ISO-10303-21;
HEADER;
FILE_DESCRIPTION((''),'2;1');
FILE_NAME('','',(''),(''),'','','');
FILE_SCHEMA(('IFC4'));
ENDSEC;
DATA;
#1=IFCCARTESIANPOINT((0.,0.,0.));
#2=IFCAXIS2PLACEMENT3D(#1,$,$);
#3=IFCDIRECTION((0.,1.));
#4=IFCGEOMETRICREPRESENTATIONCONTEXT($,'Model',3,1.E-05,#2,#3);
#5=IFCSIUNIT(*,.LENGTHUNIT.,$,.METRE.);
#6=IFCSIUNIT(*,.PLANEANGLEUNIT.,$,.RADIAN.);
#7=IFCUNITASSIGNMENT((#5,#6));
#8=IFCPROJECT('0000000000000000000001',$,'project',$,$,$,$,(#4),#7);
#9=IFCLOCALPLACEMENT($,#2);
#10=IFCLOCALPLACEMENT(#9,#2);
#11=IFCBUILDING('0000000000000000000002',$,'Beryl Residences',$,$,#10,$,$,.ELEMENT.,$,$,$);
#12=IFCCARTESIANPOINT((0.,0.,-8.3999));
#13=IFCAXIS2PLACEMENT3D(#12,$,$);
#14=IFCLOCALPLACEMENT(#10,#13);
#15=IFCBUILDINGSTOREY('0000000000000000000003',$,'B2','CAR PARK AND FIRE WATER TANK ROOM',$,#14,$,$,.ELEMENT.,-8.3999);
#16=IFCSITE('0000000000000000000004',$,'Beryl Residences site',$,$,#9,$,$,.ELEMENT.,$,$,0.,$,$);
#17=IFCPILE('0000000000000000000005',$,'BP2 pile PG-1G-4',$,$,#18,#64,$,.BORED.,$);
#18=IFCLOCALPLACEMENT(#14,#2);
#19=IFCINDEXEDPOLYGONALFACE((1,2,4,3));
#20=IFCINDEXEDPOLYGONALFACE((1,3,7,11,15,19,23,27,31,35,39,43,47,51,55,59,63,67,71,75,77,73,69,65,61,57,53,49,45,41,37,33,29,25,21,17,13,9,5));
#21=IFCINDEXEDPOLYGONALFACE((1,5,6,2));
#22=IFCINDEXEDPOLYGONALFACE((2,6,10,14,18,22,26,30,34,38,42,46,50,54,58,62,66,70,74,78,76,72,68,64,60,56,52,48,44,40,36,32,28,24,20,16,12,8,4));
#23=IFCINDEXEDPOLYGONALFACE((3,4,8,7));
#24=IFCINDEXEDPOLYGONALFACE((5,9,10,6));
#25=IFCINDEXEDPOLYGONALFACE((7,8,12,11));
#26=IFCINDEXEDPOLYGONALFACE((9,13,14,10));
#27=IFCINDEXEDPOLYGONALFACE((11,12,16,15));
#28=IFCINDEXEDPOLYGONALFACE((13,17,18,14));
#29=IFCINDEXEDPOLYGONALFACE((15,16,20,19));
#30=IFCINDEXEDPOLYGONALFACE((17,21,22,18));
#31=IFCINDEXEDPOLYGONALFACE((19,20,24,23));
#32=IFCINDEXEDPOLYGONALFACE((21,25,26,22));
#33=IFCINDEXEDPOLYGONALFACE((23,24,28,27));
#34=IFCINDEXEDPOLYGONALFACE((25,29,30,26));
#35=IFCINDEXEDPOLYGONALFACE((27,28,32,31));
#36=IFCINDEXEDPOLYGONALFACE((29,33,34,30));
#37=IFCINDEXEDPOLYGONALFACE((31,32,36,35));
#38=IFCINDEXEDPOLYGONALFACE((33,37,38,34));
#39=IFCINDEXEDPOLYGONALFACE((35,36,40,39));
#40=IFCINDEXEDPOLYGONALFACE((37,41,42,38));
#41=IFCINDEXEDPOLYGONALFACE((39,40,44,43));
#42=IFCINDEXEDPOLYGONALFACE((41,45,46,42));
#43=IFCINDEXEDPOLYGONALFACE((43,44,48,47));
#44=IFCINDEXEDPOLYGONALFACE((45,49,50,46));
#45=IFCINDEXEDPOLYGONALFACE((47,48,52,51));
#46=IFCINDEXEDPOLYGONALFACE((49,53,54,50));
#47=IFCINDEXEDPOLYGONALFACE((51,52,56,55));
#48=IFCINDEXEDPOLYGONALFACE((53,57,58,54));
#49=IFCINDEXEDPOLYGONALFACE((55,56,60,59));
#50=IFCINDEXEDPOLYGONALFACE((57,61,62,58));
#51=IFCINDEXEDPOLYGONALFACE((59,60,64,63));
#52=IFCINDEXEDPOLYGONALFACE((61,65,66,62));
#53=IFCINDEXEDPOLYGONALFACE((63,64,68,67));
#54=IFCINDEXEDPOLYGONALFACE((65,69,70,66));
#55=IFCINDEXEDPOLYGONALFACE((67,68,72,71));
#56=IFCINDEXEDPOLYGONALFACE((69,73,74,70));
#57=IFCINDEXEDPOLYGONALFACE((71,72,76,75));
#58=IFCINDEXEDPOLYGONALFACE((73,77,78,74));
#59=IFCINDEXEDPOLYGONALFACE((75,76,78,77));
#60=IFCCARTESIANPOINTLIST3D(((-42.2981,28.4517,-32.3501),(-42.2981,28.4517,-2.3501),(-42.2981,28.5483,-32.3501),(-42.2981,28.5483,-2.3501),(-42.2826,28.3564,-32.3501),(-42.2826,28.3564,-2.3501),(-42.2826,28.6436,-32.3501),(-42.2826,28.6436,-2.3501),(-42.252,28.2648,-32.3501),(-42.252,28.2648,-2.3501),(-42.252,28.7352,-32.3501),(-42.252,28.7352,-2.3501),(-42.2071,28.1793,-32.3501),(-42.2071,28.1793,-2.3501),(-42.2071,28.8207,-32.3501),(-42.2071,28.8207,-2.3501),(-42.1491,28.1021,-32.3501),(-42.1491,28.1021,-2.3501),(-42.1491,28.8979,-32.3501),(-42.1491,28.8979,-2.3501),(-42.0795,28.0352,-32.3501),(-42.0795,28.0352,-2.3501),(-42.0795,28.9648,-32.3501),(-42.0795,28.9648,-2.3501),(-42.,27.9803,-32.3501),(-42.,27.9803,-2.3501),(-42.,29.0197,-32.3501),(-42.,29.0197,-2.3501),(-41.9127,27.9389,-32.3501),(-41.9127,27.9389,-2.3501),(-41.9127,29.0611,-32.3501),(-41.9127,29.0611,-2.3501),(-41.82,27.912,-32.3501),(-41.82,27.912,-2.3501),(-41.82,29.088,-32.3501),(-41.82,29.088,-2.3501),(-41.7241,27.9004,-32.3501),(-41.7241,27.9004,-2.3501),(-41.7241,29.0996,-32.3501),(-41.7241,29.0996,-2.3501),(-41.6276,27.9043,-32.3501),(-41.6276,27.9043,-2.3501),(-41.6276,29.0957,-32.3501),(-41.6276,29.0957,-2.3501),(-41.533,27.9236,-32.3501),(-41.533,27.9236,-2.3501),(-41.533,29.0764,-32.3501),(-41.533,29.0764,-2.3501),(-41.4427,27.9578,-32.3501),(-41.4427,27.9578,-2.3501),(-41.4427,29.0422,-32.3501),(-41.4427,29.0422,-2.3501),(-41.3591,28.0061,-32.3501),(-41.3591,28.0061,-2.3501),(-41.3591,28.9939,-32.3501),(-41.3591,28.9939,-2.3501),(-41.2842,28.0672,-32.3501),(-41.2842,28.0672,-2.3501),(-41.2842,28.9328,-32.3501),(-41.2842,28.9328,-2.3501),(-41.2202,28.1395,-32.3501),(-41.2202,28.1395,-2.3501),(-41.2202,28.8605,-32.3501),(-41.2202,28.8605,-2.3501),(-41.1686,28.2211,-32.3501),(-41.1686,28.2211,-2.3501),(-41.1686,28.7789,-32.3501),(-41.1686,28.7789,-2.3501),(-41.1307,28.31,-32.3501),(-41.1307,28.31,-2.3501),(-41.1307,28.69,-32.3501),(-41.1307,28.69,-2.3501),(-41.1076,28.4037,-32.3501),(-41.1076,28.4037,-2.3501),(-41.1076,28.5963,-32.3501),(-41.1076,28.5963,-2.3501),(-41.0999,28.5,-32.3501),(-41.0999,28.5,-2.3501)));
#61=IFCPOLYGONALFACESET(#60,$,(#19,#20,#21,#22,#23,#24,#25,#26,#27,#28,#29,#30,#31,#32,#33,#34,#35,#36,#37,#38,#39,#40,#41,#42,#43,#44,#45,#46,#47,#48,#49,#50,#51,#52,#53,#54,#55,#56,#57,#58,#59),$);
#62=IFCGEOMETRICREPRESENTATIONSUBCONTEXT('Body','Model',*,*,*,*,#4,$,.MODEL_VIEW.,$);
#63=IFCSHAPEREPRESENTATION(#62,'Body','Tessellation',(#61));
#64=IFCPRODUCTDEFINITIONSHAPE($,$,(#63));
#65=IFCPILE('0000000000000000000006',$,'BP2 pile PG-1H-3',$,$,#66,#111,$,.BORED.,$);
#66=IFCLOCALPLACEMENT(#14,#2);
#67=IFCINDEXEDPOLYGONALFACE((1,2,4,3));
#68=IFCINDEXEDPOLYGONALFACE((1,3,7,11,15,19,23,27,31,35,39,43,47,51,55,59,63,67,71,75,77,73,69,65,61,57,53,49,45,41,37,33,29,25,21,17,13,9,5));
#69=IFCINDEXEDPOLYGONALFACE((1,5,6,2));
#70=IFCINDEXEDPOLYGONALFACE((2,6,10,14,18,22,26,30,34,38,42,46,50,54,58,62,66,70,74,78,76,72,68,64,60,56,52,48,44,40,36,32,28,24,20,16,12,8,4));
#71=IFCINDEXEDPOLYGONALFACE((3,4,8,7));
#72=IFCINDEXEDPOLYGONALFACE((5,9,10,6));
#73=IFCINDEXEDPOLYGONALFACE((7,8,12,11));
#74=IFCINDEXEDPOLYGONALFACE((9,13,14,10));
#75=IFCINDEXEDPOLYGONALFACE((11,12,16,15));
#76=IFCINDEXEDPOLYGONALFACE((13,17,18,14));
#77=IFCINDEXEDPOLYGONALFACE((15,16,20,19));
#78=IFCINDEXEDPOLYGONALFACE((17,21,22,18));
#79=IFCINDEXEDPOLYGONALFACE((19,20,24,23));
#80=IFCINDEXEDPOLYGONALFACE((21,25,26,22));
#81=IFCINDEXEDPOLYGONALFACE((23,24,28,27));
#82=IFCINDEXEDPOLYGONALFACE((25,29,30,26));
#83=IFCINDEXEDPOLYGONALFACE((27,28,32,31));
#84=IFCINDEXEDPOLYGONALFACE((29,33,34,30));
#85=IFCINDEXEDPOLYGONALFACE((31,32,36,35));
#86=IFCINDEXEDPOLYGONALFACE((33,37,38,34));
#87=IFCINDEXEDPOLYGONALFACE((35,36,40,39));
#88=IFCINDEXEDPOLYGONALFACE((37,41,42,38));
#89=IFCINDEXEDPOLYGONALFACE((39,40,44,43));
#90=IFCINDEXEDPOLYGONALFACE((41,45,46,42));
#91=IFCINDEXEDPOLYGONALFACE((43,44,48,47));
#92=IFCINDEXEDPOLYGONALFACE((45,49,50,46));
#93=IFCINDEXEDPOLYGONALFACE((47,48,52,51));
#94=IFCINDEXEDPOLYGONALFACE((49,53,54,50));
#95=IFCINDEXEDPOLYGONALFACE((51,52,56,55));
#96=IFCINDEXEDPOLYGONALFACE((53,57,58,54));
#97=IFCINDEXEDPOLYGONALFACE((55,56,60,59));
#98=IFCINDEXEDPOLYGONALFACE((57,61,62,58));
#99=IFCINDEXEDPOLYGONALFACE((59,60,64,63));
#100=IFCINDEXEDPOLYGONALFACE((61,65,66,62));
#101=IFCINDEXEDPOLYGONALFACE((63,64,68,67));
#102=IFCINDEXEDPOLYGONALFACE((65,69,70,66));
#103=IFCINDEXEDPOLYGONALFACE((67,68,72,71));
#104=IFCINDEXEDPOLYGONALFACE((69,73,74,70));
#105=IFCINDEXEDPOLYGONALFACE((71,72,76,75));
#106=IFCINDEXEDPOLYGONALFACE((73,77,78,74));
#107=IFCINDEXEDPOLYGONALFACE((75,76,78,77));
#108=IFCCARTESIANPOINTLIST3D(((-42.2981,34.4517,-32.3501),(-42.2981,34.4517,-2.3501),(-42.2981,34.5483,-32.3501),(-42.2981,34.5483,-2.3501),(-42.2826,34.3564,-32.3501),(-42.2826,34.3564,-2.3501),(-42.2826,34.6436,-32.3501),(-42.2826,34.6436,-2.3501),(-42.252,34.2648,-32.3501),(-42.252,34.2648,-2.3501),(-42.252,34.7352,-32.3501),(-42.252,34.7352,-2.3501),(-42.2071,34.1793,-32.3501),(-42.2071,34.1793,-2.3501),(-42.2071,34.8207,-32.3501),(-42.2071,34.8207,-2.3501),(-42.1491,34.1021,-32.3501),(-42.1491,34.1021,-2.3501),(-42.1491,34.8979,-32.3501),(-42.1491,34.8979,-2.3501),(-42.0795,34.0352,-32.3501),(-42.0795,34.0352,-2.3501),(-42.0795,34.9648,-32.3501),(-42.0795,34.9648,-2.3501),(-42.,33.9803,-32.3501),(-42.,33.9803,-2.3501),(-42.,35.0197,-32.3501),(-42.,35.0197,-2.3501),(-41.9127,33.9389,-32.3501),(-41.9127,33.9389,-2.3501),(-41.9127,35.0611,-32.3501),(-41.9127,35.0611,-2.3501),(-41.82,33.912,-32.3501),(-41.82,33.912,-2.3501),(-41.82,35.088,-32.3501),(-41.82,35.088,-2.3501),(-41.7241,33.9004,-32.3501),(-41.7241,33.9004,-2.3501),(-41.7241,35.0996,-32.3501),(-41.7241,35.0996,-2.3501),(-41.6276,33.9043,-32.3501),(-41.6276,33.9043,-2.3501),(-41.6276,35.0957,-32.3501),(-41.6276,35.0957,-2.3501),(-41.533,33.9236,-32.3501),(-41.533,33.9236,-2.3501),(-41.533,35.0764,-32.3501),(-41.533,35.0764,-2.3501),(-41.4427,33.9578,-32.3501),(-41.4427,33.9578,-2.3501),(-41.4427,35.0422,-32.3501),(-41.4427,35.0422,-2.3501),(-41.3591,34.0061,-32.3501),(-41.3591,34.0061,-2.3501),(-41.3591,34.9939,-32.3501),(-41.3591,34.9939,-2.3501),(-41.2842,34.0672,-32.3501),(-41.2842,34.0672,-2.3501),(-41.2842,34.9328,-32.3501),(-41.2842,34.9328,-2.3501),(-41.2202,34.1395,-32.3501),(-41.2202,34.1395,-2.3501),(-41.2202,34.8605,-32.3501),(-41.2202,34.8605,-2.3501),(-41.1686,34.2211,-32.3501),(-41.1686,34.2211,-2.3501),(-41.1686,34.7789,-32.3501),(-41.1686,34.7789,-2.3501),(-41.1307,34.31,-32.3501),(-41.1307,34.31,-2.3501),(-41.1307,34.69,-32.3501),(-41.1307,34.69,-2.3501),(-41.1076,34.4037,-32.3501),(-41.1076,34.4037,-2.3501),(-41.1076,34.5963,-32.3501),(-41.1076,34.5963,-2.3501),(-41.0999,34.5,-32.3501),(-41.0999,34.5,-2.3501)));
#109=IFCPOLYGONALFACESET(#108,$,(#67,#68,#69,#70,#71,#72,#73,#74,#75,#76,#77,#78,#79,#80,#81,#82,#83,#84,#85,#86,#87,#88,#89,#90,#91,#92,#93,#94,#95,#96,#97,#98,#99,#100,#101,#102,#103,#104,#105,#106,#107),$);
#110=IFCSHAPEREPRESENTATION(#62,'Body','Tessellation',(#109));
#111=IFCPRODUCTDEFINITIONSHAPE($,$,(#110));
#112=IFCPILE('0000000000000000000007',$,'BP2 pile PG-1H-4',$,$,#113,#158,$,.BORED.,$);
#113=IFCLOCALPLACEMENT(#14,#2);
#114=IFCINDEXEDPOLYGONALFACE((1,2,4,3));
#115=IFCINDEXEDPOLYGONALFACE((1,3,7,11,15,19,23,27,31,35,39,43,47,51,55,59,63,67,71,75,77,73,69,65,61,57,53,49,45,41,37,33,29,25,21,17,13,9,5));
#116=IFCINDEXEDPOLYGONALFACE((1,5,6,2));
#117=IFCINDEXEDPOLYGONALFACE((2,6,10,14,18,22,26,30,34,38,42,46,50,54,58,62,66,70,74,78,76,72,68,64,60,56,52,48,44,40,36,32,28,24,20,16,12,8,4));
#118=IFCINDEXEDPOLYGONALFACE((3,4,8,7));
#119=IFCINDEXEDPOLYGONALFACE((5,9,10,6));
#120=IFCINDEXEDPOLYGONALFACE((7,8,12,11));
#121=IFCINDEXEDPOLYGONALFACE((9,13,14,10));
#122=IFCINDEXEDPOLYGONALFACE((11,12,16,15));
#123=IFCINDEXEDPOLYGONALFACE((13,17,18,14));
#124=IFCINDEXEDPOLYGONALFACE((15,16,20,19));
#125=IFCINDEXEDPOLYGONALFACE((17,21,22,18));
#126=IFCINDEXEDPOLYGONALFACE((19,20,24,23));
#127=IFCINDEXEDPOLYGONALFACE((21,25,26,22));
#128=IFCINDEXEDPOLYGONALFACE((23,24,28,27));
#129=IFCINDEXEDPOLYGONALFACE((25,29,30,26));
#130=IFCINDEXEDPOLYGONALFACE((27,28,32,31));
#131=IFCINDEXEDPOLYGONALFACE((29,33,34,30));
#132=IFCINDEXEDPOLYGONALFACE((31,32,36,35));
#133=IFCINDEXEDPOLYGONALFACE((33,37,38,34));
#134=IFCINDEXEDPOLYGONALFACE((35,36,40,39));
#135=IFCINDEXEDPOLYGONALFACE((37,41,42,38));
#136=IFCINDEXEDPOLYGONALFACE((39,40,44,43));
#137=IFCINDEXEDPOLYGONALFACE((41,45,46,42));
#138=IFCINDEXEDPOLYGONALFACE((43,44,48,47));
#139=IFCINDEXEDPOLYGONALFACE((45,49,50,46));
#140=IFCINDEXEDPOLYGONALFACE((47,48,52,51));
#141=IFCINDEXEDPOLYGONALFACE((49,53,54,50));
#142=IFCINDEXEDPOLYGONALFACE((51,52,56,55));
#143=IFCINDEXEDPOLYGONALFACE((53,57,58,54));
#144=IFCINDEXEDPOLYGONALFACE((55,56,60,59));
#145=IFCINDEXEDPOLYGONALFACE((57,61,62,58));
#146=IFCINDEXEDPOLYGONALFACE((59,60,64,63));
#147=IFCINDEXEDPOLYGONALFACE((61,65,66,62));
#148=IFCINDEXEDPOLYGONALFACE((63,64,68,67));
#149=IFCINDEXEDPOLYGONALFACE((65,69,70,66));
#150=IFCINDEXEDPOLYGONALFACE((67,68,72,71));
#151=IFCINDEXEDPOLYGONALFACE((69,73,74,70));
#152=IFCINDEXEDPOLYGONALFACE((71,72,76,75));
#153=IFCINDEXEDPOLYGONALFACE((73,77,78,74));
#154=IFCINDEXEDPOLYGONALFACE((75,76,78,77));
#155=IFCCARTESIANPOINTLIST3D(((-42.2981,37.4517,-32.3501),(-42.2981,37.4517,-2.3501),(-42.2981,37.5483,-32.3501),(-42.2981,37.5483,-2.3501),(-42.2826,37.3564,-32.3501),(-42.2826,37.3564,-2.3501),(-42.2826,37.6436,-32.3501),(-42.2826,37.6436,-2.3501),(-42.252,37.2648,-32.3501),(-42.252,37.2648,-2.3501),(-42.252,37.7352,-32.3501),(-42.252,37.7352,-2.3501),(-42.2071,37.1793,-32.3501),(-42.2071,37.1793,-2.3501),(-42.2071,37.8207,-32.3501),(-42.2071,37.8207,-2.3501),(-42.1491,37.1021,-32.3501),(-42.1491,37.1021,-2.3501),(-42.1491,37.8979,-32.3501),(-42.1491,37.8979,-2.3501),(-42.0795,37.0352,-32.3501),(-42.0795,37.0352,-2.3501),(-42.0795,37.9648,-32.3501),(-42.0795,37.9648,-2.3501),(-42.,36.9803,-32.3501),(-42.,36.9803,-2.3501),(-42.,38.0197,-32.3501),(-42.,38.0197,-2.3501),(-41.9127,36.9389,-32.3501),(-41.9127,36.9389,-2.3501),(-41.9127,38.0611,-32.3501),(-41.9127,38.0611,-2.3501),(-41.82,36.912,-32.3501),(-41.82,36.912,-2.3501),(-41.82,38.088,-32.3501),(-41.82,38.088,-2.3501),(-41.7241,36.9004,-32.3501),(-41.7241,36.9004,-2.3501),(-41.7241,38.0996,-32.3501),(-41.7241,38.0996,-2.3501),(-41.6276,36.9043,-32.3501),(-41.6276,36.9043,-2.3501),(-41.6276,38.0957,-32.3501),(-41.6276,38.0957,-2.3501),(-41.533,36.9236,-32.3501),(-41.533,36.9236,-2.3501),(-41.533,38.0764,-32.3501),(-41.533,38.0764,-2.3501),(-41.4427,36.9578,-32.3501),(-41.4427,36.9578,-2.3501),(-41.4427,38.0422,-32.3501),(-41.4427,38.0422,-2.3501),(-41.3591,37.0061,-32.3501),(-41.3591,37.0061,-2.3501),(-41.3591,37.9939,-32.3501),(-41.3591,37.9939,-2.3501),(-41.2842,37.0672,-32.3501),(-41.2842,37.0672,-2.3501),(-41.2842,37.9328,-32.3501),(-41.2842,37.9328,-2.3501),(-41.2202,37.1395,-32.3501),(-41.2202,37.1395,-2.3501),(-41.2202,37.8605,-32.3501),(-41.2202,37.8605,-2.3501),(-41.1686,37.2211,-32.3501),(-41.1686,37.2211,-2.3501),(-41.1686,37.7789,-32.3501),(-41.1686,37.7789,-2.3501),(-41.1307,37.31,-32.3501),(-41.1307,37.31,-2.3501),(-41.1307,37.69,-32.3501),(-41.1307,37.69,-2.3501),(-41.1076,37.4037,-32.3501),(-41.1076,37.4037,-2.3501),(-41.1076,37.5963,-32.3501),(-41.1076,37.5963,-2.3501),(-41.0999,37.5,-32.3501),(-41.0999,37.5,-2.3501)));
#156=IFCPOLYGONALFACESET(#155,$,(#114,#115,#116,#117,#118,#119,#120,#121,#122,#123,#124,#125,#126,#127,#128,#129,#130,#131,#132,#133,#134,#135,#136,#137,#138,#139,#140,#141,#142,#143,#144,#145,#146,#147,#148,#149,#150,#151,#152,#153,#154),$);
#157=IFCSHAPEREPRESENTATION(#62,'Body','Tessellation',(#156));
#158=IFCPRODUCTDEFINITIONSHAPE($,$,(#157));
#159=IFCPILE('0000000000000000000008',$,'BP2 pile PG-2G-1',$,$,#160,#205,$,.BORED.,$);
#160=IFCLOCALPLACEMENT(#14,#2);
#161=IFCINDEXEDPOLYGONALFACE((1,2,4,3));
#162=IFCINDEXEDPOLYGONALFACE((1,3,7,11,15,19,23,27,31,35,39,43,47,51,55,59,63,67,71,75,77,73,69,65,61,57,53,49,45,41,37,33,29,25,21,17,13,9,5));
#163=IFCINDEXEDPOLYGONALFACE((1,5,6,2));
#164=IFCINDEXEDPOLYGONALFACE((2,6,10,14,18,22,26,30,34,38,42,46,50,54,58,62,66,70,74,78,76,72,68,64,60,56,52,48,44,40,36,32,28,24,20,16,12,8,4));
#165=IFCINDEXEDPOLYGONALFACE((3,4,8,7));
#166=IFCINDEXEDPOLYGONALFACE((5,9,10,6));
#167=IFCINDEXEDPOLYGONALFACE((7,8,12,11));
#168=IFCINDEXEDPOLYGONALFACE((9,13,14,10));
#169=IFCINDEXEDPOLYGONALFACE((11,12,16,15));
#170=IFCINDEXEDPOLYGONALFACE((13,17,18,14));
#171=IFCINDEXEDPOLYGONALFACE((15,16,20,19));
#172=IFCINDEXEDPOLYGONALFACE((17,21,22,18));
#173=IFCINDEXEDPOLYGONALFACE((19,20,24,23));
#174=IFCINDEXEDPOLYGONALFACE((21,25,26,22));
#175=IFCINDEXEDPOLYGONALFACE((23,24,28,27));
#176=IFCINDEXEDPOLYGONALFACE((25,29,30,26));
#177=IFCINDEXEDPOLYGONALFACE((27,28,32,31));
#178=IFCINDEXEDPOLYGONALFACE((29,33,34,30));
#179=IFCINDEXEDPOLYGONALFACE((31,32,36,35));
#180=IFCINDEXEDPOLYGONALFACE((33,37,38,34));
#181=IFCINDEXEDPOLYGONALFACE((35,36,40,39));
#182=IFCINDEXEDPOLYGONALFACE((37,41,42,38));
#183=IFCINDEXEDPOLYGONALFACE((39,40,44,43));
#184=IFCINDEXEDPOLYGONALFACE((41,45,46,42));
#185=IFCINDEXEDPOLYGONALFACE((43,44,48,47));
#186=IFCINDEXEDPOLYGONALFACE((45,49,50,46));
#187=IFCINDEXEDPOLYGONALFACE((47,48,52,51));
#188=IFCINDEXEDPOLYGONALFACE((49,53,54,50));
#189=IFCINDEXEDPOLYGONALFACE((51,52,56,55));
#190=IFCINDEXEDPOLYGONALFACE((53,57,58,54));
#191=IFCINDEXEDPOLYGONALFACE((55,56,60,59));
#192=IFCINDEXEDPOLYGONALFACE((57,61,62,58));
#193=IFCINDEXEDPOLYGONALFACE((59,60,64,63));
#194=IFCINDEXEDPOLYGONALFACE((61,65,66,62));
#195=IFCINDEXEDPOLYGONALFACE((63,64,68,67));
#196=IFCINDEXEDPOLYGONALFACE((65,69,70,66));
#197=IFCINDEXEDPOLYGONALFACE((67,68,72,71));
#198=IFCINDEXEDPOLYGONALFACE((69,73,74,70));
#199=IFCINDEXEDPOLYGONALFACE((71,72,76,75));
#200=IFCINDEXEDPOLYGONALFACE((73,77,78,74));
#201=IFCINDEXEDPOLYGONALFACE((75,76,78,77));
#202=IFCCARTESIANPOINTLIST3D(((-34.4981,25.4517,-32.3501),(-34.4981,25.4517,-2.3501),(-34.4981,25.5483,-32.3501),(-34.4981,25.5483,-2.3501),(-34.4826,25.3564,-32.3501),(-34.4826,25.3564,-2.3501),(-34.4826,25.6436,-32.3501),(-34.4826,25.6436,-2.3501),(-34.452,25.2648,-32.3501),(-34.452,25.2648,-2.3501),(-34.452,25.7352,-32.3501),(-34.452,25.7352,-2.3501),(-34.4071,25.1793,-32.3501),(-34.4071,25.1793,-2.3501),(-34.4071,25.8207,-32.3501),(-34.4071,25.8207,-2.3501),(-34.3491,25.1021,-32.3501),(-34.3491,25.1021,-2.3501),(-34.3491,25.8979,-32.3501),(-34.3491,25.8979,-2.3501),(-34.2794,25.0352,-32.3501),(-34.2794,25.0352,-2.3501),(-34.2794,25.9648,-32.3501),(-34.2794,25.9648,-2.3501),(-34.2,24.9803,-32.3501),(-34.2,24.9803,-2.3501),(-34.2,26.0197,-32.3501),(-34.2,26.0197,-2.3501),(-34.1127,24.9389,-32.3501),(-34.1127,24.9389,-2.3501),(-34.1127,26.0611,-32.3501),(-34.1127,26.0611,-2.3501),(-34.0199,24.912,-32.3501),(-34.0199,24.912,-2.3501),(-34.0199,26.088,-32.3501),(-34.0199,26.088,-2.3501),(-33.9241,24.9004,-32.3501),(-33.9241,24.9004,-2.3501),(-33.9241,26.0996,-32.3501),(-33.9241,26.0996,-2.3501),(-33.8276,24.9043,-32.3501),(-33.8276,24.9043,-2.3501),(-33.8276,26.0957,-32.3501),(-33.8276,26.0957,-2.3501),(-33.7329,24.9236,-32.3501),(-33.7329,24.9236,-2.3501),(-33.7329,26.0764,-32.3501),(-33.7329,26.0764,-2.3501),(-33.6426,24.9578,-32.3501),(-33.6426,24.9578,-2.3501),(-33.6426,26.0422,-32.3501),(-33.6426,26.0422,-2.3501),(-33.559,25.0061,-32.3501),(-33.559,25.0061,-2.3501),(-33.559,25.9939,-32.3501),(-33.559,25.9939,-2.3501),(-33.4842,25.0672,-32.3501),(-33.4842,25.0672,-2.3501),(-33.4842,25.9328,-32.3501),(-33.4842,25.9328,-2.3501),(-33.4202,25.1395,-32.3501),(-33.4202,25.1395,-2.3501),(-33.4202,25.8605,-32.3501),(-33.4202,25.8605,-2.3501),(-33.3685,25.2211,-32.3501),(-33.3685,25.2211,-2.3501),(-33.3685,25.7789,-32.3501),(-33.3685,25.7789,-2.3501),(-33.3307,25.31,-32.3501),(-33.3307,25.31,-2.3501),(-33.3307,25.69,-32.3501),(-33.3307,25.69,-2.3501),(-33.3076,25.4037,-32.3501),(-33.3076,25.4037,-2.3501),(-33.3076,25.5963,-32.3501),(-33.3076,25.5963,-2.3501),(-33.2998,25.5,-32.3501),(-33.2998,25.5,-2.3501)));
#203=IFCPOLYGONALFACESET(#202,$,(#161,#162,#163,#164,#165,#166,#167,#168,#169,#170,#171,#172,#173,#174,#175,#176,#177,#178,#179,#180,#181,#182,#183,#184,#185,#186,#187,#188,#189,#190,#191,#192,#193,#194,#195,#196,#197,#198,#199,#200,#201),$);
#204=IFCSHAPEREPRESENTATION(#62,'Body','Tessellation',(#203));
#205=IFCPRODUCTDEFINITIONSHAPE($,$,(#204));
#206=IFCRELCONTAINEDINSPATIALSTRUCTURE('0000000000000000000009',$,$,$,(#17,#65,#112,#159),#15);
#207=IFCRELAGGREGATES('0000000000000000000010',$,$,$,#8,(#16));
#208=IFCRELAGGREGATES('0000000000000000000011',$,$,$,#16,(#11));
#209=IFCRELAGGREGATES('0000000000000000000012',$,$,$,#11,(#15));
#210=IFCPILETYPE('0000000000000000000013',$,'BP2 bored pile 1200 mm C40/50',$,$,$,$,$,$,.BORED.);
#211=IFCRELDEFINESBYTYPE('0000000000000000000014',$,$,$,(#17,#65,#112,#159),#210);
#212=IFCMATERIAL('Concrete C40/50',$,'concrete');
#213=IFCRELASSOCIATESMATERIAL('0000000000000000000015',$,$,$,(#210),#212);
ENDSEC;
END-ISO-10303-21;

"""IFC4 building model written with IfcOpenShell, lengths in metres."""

from ifc_helpers import new_model, si_unit, direction, frame, origin, origin_2d, place, context, subcontext, project, spatial, circle, extrude, material, material_profile, profile_set, type_object, element, save


model = new_model("IFC4")

# Units and contexts
model_context = context("Model", 3, precision=1e-05, world=origin(), true_north=direction((0.0, 1.0)))
body_context = subcontext(model_context, "Body", "Model", "MODEL_VIEW")
ifc_project = project(units=[si_unit("LENGTHUNIT", "METRE"), si_unit("PLANEANGLEUNIT", "RADIAN")], contexts=[model_context])

# Site, building, storey
site_placement = place(None, origin())
site = spatial("IfcSite", under=ifc_project, at=site_placement, Name="Beryl Residences site", CompositionType="ELEMENT", RefElevation=0.0)
building_placement = place(site_placement, origin())
building = spatial("IfcBuilding", under=site, at=building_placement, Name="Beryl Residences", CompositionType="ELEMENT")
storey_placement = place(building_placement, frame((0.0, 0.0, -8.3999)))
storey = spatial("IfcBuildingStorey", under=building, at=storey_placement, Name="B2", Description="CAR PARK AND FIRE WATER TANK ROOM", CompositionType="ELEMENT", Elevation=-8.3999)

# Piles
ifc_material_1 = material(Name="Concrete C40/50", Category="concrete")
ifc_material_profile_1 = material_profile(ifc_material_1, circle(Radius=0.6001, at=origin_2d()))
ifc_profile_set_1 = profile_set([ifc_material_profile_1], Name="Concrete C40/50")
pile_type = type_object("IfcPileType", Name="BP2 bored pile 1200 mm C40/50", PredefinedType="BORED", material=ifc_profile_set_1)
for number, where, z_axis, x_axis, name in (
    (1, (-41.7, 28.5, -2.3501), (0.0, 0.0, -1.0), (1.0, 0.0, 0.0), "BP2 pile PG-1G-4"),
    (2, (-41.7, 34.5, -2.3501), (0.0, 0.0, -1.0), (1.0, 0.0, 0.0), "BP2 pile PG-1H-3"),
    (3, (-41.7, 37.5, -2.3501), (0.0, 0.0, -1.0), (1.0, 0.0, 0.0), "BP2 pile PG-1H-4"),
    (4, (-33.8999, 25.5, -2.3501), (0.0, 0.0, -1.0), (1.0, 0.0, 0.0), "BP2 pile PG-2G-1"),
):
    element("IfcPile", number, at=place(storey_placement, frame(where, z_axis=z_axis, x_axis=x_axis)), inside=storey, type_object=pile_type, Name=name, PredefinedType="BORED", context=body_context, shape_type="SweptSolid", body=[
        extrude(circle(Radius=0.6001, at=origin_2d()), origin(), (0.0, 0.0, 1.0), 30.0),
    ])

save(model, "model.ifc")
